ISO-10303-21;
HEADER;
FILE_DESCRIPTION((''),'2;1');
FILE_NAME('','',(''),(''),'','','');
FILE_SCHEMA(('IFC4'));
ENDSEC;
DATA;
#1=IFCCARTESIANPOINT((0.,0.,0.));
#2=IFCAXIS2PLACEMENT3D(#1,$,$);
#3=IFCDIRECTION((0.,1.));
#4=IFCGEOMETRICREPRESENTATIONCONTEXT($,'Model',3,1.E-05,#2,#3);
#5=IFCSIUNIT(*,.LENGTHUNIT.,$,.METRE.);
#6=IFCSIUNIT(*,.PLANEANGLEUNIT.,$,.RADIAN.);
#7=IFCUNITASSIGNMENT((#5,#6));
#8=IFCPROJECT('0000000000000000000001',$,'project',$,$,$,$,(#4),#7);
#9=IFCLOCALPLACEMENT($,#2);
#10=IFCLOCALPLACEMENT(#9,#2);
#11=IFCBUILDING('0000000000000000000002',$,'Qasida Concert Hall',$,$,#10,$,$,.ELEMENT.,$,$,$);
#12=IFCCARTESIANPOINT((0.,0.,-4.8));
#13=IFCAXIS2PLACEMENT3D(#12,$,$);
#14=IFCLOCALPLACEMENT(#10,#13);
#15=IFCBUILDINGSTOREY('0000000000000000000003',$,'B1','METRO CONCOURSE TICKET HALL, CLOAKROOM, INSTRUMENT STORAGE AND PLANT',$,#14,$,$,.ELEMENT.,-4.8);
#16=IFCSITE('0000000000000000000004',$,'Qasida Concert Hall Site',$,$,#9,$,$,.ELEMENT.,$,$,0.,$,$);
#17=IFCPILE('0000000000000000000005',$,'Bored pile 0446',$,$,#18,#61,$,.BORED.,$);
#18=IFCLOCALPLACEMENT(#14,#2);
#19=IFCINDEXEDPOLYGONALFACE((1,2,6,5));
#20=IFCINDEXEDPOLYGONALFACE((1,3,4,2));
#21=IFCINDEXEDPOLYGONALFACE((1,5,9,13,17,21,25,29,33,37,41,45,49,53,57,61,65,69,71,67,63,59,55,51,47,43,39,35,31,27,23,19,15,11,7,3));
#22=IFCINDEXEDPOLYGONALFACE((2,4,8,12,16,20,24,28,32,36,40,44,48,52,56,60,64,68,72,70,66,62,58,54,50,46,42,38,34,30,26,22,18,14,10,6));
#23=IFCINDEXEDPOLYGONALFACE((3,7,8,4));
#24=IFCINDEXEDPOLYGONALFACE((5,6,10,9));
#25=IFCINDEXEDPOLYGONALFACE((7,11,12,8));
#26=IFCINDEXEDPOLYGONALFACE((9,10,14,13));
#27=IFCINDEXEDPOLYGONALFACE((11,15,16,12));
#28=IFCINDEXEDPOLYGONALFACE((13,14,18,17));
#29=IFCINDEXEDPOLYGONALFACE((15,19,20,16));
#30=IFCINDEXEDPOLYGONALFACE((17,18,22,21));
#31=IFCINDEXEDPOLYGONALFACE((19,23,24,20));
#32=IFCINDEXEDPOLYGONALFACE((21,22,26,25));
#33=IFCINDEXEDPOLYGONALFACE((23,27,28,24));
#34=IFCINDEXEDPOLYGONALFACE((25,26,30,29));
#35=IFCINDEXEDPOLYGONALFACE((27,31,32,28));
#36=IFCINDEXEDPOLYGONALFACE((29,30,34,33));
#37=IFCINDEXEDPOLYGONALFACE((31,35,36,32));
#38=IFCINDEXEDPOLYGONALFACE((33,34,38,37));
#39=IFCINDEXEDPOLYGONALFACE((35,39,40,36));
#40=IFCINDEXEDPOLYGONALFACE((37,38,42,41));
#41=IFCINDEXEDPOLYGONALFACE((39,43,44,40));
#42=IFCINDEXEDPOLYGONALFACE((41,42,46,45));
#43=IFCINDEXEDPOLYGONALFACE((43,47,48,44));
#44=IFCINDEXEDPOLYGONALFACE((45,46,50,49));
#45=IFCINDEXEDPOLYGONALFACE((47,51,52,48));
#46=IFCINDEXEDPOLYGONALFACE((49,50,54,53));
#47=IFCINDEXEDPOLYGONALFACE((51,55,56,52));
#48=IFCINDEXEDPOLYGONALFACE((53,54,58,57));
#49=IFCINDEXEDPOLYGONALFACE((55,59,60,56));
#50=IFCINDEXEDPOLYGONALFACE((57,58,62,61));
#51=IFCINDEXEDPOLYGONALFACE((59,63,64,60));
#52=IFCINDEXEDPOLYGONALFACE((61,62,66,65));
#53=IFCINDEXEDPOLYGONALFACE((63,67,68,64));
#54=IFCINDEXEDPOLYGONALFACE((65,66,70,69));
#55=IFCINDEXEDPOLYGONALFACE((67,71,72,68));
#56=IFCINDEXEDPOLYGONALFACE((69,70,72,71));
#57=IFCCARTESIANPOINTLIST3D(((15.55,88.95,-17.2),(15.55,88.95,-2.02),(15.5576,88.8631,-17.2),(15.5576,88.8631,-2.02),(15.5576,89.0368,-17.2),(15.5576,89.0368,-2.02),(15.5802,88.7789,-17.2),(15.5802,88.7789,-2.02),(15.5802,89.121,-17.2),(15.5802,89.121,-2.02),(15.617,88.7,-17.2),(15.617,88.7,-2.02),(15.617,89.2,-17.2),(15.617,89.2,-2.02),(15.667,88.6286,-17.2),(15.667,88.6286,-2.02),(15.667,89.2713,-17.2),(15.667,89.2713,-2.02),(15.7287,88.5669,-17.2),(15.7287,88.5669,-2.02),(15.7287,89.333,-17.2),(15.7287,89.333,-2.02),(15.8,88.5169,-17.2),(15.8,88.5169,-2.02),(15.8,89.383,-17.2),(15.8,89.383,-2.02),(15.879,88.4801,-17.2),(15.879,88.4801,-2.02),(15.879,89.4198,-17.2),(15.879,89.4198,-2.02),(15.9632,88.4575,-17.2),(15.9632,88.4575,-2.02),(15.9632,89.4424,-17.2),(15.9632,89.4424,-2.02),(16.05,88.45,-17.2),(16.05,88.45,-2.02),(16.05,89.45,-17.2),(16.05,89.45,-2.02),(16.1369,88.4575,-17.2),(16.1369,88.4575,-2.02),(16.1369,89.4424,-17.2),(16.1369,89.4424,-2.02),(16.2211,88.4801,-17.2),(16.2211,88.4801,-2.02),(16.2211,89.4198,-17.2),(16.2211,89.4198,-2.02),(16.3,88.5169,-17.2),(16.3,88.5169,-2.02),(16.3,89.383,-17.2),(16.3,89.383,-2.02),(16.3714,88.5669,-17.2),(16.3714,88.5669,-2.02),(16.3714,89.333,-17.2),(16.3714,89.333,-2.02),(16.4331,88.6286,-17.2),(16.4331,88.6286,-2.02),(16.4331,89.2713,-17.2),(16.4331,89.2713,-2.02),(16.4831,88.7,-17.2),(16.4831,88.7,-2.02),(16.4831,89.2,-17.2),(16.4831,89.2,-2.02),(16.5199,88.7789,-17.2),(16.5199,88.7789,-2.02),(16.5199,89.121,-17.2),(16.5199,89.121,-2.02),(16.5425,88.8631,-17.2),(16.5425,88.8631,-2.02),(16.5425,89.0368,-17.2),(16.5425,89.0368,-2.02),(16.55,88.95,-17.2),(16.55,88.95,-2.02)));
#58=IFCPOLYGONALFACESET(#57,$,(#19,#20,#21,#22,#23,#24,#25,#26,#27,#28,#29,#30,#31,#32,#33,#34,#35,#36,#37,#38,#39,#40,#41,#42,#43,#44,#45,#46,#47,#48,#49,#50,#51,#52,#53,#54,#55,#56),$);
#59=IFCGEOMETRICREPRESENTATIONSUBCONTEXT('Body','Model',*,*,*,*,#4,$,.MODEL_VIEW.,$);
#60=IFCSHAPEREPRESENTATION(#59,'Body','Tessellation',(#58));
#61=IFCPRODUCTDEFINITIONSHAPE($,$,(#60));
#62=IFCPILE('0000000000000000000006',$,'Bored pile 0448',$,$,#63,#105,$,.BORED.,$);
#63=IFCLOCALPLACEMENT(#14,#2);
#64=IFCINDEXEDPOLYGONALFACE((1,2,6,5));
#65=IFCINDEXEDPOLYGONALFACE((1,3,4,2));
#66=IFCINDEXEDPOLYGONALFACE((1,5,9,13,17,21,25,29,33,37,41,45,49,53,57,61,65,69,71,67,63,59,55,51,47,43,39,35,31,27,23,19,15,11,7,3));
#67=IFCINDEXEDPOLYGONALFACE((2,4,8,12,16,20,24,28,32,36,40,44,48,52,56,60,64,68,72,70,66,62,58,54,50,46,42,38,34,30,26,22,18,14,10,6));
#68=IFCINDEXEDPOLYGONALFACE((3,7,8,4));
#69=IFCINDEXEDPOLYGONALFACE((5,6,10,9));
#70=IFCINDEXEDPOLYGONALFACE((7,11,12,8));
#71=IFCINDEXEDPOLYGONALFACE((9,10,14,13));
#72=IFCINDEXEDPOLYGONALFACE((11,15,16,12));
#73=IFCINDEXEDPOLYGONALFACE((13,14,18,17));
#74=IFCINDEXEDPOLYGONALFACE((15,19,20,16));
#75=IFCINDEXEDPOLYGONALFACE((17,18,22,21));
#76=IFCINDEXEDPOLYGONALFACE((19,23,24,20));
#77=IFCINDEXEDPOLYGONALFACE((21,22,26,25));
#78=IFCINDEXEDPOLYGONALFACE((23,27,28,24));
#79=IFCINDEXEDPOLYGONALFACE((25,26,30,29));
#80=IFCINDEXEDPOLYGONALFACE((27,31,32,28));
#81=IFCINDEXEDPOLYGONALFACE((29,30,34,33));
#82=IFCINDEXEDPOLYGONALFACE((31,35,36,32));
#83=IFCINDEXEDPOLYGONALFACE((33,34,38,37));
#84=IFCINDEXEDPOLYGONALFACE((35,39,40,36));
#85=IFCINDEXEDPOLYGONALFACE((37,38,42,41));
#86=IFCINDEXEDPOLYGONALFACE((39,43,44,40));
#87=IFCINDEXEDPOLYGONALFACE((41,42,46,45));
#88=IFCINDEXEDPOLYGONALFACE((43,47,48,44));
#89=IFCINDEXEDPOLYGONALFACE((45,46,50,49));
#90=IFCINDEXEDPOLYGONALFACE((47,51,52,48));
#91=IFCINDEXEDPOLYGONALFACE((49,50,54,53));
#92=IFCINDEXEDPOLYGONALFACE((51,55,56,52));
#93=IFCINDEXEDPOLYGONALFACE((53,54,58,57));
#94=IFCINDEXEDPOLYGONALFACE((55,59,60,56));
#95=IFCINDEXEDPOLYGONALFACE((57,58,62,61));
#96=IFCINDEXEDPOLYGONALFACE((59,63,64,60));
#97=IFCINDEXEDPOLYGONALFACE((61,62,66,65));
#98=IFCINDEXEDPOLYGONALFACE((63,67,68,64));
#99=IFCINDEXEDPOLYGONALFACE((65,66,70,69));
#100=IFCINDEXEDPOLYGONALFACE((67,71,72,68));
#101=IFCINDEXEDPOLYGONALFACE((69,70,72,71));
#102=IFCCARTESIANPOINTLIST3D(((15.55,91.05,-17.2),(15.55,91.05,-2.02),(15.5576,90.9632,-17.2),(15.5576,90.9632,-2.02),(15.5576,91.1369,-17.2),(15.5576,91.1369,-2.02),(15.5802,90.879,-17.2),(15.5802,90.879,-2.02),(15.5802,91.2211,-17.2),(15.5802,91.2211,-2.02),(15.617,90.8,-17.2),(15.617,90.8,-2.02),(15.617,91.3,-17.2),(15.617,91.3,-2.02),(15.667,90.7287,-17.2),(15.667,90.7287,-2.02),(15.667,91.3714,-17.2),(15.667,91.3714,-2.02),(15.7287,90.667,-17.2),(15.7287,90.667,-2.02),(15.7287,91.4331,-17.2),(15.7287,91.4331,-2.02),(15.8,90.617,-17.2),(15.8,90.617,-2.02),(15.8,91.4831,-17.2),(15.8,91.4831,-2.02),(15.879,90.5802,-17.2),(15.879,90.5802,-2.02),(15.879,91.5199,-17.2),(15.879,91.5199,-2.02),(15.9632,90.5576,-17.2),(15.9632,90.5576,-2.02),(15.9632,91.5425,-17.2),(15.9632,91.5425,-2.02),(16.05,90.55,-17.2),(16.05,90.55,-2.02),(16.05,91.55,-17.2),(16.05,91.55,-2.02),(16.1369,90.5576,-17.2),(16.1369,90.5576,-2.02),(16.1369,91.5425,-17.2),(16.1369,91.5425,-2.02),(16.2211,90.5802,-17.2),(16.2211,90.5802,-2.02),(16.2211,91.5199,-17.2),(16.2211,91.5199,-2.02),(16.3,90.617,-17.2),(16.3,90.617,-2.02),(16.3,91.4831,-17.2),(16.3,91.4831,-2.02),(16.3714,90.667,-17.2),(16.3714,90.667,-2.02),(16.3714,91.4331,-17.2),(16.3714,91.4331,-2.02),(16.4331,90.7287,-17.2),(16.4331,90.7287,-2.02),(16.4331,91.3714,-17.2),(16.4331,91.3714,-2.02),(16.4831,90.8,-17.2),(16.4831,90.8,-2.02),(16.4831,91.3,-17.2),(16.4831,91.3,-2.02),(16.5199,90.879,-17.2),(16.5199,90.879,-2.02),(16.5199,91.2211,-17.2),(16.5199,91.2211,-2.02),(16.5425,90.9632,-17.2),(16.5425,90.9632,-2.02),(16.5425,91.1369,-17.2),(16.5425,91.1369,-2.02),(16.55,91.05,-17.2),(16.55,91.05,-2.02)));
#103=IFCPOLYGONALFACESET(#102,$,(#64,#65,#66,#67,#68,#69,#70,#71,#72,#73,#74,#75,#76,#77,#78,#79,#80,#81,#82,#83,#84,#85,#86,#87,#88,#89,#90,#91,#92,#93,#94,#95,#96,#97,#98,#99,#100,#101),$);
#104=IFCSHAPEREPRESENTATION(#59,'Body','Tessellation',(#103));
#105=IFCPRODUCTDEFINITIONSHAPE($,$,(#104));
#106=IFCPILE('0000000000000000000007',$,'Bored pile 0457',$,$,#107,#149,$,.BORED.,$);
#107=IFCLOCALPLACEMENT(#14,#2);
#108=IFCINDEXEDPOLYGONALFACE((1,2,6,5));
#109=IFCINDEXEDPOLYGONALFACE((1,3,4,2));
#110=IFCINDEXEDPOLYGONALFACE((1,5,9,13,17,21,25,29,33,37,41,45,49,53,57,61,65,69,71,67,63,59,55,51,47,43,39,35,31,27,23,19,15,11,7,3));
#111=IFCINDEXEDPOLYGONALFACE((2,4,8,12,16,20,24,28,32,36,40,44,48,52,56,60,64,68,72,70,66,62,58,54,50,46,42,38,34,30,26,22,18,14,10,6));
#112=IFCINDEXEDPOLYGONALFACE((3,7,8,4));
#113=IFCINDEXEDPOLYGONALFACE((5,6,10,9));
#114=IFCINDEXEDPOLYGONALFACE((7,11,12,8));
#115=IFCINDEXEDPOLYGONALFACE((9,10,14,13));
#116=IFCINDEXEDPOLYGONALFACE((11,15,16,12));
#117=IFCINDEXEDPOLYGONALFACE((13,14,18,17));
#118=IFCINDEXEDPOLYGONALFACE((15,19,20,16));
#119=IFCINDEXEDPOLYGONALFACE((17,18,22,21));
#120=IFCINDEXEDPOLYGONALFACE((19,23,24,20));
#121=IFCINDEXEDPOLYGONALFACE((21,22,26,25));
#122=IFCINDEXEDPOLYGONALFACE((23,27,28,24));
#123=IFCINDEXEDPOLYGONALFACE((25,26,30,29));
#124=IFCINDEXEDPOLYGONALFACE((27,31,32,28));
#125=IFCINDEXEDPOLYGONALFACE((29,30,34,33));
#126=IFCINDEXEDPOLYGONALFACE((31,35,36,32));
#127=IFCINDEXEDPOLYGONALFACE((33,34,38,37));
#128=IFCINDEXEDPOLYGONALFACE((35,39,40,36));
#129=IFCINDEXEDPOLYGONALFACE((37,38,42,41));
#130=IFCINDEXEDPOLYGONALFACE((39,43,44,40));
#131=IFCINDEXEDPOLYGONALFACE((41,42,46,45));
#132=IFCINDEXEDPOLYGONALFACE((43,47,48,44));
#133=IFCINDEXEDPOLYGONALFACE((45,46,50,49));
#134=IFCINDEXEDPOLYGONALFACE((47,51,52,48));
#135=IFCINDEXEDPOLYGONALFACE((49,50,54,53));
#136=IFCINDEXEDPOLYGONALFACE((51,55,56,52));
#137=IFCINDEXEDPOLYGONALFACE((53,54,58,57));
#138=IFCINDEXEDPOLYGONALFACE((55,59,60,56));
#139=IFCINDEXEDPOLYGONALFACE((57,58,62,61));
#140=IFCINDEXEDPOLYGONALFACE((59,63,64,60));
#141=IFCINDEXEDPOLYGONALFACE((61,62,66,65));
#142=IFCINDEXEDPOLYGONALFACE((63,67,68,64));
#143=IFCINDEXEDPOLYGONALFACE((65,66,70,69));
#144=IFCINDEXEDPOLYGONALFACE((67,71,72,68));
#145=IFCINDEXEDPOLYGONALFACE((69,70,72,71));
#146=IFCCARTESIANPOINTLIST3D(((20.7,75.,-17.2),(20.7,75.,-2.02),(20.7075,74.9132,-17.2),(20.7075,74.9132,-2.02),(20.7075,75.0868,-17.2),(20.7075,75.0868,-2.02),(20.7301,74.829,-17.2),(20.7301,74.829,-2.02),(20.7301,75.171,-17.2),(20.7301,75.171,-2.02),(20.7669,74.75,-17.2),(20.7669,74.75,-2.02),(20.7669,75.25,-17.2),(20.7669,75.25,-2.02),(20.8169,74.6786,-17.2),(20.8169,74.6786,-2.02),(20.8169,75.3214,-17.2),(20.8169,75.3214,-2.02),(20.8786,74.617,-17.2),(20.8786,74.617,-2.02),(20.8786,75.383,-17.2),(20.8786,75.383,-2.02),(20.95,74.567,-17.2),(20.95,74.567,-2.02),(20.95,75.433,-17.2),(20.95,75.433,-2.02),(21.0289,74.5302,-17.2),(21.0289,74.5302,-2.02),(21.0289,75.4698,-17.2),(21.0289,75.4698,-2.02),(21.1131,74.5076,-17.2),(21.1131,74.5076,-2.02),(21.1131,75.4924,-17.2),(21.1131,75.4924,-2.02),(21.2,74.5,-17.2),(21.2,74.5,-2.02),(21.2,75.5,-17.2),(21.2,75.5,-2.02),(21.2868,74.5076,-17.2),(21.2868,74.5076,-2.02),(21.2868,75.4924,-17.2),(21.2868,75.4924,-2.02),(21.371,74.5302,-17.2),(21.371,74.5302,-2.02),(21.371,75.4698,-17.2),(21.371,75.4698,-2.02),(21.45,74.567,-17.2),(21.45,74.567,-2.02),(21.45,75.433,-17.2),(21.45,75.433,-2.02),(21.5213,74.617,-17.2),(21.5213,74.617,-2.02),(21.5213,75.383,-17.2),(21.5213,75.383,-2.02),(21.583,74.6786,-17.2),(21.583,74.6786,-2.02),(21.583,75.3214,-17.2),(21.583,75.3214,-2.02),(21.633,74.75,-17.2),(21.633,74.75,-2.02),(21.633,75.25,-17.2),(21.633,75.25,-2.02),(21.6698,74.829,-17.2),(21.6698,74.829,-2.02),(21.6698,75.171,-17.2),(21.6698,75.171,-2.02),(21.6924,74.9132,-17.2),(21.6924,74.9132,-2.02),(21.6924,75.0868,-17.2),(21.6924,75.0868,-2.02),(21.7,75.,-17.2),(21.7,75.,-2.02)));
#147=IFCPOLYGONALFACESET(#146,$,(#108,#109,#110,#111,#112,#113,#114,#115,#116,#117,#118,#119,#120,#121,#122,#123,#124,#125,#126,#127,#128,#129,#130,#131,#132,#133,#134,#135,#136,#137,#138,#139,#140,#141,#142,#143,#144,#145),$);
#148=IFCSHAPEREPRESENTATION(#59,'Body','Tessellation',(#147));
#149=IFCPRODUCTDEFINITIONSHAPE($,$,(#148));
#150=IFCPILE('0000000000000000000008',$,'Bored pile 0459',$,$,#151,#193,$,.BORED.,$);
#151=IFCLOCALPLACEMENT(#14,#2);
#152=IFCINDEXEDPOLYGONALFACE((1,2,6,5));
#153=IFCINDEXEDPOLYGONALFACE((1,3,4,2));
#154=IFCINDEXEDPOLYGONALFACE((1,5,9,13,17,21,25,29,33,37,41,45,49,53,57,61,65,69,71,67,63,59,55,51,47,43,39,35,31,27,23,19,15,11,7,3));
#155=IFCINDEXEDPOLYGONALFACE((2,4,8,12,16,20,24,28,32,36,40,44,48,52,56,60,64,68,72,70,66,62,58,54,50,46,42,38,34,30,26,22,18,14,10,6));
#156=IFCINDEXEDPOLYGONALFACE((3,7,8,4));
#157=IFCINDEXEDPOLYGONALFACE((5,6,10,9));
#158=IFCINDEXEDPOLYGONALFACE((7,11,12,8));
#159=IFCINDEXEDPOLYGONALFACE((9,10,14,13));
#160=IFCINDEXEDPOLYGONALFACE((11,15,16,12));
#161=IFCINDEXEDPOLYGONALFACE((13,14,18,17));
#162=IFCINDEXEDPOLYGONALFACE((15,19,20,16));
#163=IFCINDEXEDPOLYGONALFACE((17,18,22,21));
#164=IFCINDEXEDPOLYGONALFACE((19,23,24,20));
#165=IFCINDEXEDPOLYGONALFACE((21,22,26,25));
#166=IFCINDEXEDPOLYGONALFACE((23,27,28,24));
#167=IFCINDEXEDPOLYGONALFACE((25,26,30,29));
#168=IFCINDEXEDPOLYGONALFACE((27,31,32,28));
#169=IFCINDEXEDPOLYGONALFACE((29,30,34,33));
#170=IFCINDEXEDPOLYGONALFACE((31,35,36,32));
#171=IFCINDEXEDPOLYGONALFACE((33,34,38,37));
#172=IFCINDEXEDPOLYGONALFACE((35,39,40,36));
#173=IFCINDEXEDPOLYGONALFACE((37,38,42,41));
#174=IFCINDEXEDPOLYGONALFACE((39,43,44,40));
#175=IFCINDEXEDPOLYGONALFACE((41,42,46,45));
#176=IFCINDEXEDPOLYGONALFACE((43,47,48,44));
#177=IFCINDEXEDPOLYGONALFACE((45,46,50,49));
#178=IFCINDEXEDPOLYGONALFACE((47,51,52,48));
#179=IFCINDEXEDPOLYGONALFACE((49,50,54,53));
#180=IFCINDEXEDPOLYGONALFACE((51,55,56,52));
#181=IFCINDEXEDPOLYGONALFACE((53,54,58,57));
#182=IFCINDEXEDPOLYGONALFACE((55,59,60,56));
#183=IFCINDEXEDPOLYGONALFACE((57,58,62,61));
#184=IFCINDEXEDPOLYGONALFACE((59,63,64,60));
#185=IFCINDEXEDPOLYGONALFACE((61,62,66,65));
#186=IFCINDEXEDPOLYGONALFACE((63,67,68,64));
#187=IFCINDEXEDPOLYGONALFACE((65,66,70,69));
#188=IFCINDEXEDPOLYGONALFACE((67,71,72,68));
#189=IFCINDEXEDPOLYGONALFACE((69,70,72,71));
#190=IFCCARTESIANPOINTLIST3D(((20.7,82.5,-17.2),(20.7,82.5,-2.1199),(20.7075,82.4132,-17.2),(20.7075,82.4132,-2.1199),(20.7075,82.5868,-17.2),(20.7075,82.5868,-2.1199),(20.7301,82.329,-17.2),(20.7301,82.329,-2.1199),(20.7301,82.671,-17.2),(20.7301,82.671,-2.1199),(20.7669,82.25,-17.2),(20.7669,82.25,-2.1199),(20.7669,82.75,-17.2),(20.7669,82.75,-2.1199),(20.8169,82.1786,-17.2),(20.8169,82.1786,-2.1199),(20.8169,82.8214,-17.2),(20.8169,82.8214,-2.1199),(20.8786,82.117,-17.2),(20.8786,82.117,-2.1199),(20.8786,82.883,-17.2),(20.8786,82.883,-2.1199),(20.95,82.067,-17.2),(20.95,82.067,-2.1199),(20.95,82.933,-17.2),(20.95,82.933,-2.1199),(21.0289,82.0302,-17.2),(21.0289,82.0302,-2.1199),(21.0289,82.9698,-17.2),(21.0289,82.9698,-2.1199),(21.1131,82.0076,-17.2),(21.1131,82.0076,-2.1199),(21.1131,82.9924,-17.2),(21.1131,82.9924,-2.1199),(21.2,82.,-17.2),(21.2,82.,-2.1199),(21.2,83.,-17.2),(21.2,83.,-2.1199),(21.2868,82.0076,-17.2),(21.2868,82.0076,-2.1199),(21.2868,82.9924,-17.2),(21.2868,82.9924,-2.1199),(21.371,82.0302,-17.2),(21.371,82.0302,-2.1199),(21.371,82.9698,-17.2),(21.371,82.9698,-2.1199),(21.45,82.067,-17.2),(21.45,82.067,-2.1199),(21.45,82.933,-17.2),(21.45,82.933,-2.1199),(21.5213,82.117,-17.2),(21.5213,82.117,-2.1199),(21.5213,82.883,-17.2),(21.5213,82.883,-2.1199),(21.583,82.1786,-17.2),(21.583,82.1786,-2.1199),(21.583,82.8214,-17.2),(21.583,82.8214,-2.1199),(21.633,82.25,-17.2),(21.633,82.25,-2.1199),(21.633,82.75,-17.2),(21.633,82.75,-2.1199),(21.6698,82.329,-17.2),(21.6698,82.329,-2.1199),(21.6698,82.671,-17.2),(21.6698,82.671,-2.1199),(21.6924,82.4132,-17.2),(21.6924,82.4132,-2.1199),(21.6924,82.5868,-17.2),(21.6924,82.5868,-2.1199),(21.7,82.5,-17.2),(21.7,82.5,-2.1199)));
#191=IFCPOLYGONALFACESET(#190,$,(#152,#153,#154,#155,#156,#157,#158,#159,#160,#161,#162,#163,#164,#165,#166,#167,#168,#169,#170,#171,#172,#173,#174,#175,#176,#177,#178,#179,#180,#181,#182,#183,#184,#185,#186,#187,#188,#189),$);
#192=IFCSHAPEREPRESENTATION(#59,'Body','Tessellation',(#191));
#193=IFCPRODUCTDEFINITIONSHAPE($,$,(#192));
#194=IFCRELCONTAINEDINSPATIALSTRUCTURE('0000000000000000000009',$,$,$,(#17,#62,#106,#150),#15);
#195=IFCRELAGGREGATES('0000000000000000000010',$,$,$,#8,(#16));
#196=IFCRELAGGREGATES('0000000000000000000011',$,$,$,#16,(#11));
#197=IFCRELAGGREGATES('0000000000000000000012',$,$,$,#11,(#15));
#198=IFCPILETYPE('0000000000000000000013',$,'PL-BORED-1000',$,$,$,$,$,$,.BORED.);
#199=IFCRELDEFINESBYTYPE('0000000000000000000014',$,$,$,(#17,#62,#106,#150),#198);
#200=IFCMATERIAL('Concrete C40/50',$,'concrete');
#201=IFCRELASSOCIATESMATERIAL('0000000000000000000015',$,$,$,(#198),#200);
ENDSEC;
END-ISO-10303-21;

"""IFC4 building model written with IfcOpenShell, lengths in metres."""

from ifc_helpers import new_model, si_unit, direction, frame, origin, origin_2d, place, context, subcontext, project, spatial, circle, extrude, material, material_profile, profile_set, type_object, element, save


model = new_model("IFC4")

# Units and contexts
model_context = context("Model", 3, precision=1e-05, world=origin(), true_north=direction((0.0, 1.0)))
body_context = subcontext(model_context, "Body", "Model", "MODEL_VIEW")
ifc_project = project(units=[si_unit("LENGTHUNIT", "METRE"), si_unit("PLANEANGLEUNIT", "RADIAN")], contexts=[model_context])

# Site, building, storey
site_placement = place(None, origin())
site = spatial("IfcSite", under=ifc_project, at=site_placement, Name="Qasida Concert Hall Site", CompositionType="ELEMENT", RefElevation=0.0)
building_placement = place(site_placement, origin())
building = spatial("IfcBuilding", under=site, at=building_placement, Name="Qasida Concert Hall", CompositionType="ELEMENT")
storey_placement = place(building_placement, frame((0.0, 0.0, -4.8)))
storey = spatial("IfcBuildingStorey", under=building, at=storey_placement, Name="B1", Description="METRO CONCOURSE TICKET HALL, CLOAKROOM, INSTRUMENT STORAGE AND PLANT", CompositionType="ELEMENT", Elevation=-4.8)

# Shared definitions
ifc_material_1 = material(Name="Concrete C40/50", Category="concrete")

# Piles
ifc_material_profile_1 = material_profile(ifc_material_1, circle(Radius=0.5, at=origin_2d()), Name="BORED PILE D1000")
ifc_profile_set_1 = profile_set([ifc_material_profile_1], Name="Concrete C40/50")
pile_type = type_object("IfcPileType", Name="PL-BORED-1000", PredefinedType="BORED", material=ifc_profile_set_1)
for number, where, z_axis, x_axis, name in (
    (1, (16.05, 88.95, -2.02), (0.0, 0.0, -1.0), (1.0, 0.0, 0.0), "Bored pile 0446"),
    (2, (16.05, 91.05, -2.02), (0.0, 0.0, -1.0), (1.0, 0.0, 0.0), "Bored pile 0448"),
    (3, (21.2, 75.0, -2.02), (0.0, 0.0, -1.0), (1.0, 0.0, 0.0), "Bored pile 0457"),
):
    element("IfcPile", number, at=place(storey_placement, frame(where, z_axis=z_axis, x_axis=x_axis)), inside=storey, type_object=pile_type, Name=name, PredefinedType="BORED", context=body_context, shape_type="SweptSolid", body=[
        extrude(circle(Radius=0.5, at=origin_2d()), origin(), (0.0, 0.0, 1.0), 15.1799),
    ])
pile_1_placement = place(storey_placement, frame((21.2, 82.5, -2.1199), z_axis=(0.0, 0.0, -1.0), x_axis=(1.0, 0.0, 0.0)))
element("IfcPile", 4, at=pile_1_placement, inside=storey, type_object=pile_type, Name="Bored pile 0459", PredefinedType="BORED", context=body_context, shape_type="SweptSolid", body=[
    extrude(circle(Radius=0.5, at=origin_2d()), origin(), (0.0, 0.0, 1.0), 15.0801),
])

save(model, "model.ifc")
